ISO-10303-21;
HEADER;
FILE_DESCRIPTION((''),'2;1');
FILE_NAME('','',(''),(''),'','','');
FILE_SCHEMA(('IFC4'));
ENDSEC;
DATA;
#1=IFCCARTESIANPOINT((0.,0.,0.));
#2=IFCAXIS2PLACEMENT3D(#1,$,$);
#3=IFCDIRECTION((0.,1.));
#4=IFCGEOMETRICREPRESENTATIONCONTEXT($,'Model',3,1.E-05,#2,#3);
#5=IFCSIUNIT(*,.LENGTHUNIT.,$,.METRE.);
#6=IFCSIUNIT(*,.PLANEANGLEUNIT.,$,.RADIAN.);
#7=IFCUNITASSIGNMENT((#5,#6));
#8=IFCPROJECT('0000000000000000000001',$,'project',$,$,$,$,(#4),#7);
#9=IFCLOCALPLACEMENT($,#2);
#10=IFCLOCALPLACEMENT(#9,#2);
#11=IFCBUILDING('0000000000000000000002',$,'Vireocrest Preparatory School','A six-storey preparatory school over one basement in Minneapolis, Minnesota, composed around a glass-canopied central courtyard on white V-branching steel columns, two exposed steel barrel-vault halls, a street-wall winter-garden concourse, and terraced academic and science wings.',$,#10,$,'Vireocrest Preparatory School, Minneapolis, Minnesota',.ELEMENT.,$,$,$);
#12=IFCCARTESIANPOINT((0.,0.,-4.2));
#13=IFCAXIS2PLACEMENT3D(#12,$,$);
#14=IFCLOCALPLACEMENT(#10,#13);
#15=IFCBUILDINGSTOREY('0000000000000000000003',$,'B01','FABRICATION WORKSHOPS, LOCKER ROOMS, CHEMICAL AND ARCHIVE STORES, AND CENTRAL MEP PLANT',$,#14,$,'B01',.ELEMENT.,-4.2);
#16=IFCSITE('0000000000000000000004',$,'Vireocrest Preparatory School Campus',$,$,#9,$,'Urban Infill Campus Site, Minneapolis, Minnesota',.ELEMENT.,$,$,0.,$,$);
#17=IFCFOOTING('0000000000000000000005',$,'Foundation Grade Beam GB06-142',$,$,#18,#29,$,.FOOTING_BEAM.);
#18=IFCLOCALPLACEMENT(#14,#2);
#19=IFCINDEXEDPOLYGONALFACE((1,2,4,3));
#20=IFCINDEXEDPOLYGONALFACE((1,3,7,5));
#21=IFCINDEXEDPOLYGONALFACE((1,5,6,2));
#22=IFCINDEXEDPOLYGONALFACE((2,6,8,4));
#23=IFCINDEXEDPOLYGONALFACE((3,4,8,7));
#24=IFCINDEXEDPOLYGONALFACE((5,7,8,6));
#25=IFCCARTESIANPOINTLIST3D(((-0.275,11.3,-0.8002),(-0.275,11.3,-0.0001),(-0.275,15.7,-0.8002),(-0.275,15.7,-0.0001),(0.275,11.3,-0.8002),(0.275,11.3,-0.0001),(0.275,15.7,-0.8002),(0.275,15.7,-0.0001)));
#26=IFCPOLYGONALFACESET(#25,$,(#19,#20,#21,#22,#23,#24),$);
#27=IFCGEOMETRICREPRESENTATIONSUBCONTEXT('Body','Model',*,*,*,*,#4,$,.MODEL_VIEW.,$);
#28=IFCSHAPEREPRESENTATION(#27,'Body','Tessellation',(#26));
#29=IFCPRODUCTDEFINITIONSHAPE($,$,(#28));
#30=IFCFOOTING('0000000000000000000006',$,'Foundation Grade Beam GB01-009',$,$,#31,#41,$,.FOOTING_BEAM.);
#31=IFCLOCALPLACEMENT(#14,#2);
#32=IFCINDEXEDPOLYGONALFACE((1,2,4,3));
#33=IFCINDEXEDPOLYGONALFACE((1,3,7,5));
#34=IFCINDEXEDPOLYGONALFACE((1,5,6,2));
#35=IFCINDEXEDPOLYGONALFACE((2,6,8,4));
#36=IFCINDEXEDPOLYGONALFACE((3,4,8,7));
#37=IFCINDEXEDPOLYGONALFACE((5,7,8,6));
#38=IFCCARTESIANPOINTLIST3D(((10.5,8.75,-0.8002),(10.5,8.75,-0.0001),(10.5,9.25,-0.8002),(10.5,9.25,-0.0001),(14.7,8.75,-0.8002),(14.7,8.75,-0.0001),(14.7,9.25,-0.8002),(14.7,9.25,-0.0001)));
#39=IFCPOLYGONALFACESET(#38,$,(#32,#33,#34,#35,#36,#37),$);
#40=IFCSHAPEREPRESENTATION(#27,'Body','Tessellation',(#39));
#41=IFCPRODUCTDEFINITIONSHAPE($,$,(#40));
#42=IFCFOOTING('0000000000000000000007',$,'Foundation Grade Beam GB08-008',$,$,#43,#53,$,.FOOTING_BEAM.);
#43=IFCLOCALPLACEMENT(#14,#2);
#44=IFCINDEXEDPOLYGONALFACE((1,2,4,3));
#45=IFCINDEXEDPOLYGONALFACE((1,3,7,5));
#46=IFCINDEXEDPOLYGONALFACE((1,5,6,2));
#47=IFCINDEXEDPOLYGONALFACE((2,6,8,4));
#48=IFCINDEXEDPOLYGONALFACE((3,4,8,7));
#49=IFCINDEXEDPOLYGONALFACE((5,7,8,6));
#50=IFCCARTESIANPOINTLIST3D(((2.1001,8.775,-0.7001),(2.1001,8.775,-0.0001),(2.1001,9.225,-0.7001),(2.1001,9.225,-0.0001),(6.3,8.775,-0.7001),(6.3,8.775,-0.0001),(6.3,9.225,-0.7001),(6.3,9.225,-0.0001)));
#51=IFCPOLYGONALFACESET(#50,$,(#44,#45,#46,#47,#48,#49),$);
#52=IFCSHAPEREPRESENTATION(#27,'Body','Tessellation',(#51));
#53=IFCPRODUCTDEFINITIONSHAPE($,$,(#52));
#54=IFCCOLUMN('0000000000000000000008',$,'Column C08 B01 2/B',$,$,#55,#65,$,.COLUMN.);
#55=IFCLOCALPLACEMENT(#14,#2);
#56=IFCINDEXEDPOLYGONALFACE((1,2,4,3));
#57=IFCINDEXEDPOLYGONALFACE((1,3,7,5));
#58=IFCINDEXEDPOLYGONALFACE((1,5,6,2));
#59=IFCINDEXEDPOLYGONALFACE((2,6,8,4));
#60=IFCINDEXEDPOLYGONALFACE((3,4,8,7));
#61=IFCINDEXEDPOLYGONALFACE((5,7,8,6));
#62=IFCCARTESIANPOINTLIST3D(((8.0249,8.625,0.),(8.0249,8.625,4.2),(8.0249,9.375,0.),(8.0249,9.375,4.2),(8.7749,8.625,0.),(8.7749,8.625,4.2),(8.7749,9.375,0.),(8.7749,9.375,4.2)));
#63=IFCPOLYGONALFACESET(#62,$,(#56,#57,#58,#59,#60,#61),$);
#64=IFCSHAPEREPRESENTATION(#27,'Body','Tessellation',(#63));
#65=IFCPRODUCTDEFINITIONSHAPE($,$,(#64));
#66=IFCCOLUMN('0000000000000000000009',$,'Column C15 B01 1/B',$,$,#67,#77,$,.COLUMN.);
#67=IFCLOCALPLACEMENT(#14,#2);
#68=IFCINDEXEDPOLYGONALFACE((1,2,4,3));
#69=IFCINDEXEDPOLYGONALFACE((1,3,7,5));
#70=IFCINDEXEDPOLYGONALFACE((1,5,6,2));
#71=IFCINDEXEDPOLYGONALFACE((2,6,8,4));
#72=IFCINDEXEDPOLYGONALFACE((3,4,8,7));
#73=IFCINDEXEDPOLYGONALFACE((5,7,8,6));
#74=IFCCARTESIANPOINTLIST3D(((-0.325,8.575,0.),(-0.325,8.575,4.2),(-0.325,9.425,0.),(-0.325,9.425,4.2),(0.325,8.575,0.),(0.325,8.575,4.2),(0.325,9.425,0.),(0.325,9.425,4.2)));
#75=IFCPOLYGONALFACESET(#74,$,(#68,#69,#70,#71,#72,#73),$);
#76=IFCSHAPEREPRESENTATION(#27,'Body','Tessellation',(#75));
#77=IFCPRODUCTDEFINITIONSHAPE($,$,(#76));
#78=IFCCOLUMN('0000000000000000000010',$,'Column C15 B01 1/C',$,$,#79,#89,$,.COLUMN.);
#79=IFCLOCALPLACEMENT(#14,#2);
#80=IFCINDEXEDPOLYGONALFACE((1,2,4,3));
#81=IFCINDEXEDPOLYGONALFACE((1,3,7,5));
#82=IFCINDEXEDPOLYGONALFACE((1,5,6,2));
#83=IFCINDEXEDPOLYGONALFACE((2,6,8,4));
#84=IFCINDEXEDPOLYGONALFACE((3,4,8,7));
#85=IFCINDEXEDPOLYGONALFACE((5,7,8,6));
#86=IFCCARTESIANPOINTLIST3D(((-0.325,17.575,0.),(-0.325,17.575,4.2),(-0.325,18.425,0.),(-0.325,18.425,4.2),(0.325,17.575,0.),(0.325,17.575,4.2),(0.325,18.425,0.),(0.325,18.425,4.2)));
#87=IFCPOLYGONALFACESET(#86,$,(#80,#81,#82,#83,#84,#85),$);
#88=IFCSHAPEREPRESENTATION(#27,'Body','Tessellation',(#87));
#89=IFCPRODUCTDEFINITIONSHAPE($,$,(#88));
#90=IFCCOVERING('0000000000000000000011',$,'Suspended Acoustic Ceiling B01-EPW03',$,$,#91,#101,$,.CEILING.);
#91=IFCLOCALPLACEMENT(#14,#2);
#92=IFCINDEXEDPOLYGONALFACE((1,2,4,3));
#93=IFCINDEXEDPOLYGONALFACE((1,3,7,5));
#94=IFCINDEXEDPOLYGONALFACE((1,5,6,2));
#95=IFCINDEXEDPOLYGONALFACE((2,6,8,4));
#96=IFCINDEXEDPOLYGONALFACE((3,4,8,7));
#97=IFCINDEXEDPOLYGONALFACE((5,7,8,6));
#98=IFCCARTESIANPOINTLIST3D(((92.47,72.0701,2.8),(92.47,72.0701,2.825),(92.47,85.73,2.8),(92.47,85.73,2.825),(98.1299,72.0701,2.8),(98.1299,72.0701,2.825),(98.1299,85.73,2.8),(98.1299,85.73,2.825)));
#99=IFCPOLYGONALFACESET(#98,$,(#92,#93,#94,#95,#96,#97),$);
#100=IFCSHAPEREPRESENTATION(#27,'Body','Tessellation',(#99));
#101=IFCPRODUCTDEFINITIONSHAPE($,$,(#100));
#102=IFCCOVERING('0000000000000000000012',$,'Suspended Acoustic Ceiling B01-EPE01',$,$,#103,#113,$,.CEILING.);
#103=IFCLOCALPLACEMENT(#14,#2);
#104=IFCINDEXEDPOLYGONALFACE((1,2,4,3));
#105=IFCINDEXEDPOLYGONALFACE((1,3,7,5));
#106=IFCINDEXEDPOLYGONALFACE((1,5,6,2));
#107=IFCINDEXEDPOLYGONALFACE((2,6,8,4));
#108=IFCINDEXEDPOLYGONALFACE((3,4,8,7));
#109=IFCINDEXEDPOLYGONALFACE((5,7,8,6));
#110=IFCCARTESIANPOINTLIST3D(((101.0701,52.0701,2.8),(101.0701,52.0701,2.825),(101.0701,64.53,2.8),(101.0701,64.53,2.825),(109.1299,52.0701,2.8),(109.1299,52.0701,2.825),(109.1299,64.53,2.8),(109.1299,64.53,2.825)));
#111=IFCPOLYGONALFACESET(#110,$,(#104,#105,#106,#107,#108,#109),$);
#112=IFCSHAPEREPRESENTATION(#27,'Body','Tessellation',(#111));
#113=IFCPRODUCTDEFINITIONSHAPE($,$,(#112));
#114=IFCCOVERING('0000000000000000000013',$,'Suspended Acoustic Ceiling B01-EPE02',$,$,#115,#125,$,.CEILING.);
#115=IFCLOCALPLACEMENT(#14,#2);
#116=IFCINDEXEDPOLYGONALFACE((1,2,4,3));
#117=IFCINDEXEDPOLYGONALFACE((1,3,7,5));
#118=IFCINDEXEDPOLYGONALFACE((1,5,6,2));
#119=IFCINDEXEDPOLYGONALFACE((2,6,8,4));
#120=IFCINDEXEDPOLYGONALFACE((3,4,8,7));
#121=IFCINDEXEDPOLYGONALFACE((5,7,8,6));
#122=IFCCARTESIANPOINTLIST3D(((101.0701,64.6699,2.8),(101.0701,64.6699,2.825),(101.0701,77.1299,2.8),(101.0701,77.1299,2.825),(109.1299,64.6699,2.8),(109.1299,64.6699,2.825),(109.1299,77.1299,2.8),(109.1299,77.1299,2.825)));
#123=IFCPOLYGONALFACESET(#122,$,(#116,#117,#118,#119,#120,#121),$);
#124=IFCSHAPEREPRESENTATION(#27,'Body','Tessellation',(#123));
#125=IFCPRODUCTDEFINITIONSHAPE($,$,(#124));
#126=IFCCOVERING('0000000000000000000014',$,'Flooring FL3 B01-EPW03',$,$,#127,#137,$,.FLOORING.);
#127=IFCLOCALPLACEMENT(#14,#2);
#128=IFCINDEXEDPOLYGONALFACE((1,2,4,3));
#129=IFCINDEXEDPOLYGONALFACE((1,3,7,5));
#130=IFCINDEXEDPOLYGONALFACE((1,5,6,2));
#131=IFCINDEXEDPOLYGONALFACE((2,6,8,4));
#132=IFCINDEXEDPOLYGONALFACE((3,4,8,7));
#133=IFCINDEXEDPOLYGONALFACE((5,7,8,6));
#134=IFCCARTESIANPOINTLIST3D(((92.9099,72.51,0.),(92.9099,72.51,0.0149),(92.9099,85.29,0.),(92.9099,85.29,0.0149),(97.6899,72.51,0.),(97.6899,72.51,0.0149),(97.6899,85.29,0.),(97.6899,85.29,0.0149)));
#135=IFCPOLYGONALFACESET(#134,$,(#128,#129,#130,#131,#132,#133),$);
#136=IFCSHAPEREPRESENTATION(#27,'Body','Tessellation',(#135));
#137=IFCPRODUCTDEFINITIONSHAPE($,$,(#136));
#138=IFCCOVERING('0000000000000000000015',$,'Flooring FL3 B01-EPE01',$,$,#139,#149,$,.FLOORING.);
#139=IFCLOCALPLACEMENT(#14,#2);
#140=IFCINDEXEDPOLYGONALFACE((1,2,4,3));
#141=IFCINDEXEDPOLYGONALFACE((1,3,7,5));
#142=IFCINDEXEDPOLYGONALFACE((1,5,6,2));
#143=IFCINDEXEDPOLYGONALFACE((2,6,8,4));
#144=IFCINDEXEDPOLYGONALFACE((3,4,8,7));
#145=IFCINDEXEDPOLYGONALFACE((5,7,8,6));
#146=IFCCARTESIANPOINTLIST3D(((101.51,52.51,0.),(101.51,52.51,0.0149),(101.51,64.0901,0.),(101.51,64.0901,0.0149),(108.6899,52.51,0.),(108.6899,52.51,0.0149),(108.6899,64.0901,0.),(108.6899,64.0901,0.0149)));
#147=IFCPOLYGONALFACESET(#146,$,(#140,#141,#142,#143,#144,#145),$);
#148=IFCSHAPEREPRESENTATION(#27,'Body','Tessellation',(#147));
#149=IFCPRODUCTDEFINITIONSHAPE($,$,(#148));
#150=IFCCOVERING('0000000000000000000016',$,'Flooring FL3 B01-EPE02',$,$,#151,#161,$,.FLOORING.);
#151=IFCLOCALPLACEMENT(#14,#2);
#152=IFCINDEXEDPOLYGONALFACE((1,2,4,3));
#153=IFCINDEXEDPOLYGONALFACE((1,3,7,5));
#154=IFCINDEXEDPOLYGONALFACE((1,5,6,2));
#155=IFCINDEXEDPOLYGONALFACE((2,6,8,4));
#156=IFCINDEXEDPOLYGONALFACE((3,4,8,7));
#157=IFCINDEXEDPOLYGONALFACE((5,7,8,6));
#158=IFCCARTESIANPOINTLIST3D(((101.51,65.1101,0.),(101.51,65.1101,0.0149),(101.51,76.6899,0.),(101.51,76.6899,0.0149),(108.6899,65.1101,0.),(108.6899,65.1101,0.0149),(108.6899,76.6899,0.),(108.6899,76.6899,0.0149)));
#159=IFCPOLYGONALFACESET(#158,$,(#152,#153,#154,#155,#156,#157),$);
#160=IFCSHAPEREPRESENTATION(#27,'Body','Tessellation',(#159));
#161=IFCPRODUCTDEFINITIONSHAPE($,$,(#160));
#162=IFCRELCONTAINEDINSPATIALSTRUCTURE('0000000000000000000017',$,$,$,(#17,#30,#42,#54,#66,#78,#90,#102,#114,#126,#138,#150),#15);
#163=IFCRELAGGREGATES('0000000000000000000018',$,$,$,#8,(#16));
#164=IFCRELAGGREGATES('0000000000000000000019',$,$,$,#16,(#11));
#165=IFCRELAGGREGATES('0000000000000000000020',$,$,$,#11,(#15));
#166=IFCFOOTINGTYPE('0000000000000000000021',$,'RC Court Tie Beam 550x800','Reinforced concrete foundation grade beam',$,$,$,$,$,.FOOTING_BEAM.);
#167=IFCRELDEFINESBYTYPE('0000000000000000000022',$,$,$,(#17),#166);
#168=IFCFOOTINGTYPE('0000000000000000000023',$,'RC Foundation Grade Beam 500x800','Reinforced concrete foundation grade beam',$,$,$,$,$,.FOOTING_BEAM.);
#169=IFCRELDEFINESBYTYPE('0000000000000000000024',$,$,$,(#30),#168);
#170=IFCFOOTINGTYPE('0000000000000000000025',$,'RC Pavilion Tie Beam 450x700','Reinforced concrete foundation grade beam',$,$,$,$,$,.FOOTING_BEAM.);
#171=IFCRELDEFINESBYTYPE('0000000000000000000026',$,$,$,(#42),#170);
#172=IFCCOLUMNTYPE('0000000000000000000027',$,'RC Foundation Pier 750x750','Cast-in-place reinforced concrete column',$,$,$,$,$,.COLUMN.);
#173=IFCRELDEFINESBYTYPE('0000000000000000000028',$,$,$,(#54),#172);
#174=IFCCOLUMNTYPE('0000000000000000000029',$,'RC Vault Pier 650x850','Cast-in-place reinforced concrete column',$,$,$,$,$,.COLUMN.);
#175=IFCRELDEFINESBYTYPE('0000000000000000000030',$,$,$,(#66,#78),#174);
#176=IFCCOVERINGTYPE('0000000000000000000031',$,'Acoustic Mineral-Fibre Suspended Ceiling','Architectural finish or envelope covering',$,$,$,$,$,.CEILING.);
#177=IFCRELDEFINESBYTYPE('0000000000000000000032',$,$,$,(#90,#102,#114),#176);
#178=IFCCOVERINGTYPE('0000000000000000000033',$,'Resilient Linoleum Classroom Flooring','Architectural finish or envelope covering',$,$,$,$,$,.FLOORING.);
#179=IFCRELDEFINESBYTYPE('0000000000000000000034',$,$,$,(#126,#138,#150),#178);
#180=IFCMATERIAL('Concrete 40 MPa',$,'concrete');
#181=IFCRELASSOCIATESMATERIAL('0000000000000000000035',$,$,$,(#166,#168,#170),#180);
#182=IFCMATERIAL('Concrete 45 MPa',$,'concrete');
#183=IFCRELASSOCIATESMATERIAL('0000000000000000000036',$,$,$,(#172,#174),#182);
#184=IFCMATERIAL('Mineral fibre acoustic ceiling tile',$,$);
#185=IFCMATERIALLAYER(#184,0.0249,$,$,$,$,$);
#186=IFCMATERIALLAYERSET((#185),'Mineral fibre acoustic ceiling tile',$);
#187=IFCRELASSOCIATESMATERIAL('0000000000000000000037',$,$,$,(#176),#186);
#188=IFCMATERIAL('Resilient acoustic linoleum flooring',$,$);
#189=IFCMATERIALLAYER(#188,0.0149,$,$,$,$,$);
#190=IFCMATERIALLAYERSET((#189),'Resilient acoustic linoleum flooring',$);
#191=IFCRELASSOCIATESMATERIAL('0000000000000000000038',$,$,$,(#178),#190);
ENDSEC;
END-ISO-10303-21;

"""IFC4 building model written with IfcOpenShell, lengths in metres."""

from ifc_helpers import new_model, si_unit, direction, frame, origin, origin_2d, place, context, subcontext, project, spatial, polyline, rectangle, outline, extrude, material, layer, layer_set, material_profile, profile_set, type_object, element, save


model = new_model("IFC4")

# Units and contexts
model_context = context("Model", 3, precision=1e-05, world=origin(), true_north=direction((0.0, 1.0)))
body_context = subcontext(model_context, "Body", "Model", "MODEL_VIEW")
ifc_project = project(units=[si_unit("LENGTHUNIT", "METRE"), si_unit("PLANEANGLEUNIT", "RADIAN")], contexts=[model_context])

# Site, building, storey
site_placement = place(None, origin())
site = spatial("IfcSite", under=ifc_project, at=site_placement, Name="Vireocrest Preparatory School Campus", LongName="Urban Infill Campus Site, Minneapolis, Minnesota", CompositionType="ELEMENT", RefElevation=0.0)
building_placement = place(site_placement, origin())
building = spatial("IfcBuilding", under=site, at=building_placement, Name="Vireocrest Preparatory School", Description="A six-storey preparatory school over one basement in Minneapolis, Minnesota, composed around a glass-canopied central courtyard on white V-branching steel columns, two exposed steel barrel-vault halls, a street-wall winter-garden concourse, and terraced academic and science wings.", LongName="Vireocrest Preparatory School, Minneapolis, Minnesota", CompositionType="ELEMENT")
storey_placement = place(building_placement, frame((0.0, 0.0, -4.2)))
storey = spatial("IfcBuildingStorey", under=building, at=storey_placement, Name="B01", Description="FABRICATION WORKSHOPS, LOCKER ROOMS, CHEMICAL AND ARCHIVE STORES, AND CENTRAL MEP PLANT", LongName="B01", CompositionType="ELEMENT", Elevation=-4.2)

# Shared definitions
ifc_material_1 = material(Name="Concrete 40 MPa", Category="concrete")

# Footings
ifc_material_profile_1 = material_profile(ifc_material_1, rectangle(XDim=0.55, YDim=0.8, at=origin_2d()), Name="GB 550x800")
ifc_profile_set_1 = profile_set([ifc_material_profile_1], Name="Concrete 40 MPa")
footing_type_1 = type_object("IfcFootingType", Name="RC Court Tie Beam 550x800", Description="Reinforced concrete foundation grade beam", PredefinedType="FOOTING_BEAM", material=ifc_profile_set_1)
footing_1_placement = place(storey_placement, frame((0.0, 11.3, -0.4001), z_axis=(0.0, 1.0, 0.0), x_axis=(-1.0, 0.0, 0.0)))
element("IfcFooting", 1, at=footing_1_placement, inside=storey, type_object=footing_type_1, Name="Foundation Grade Beam GB06-142", PredefinedType="FOOTING_BEAM", context=body_context, shape_type="SweptSolid", body=[
    extrude(rectangle(XDim=0.55, YDim=0.8, at=origin_2d()), origin(), (0.0, 0.0, 1.0), 4.3999),
])
ifc_material_profile_2 = material_profile(ifc_material_1, rectangle(XDim=0.5, YDim=0.8, at=origin_2d()), Name="GB 500x800")
ifc_profile_set_2 = profile_set([ifc_material_profile_2], Name="Concrete 40 MPa")
footing_type_2 = type_object("IfcFootingType", Name="RC Foundation Grade Beam 500x800", Description="Reinforced concrete foundation grade beam", PredefinedType="FOOTING_BEAM", material=ifc_profile_set_2)
footing_2_placement = place(storey_placement, frame((10.5, 9.0, -0.4001), z_axis=(1.0, 0.0, 0.0), x_axis=(0.0, 1.0, 0.0)))
element("IfcFooting", 2, at=footing_2_placement, inside=storey, type_object=footing_type_2, Name="Foundation Grade Beam GB01-009", PredefinedType="FOOTING_BEAM", context=body_context, shape_type="SweptSolid", body=[
    extrude(rectangle(XDim=0.5, YDim=0.8, at=origin_2d()), origin(), (0.0, 0.0, 1.0), 4.2),
])
ifc_material_profile_3 = material_profile(ifc_material_1, rectangle(XDim=0.45, YDim=0.7, at=origin_2d()), Name="GB 450x700")
ifc_profile_set_3 = profile_set([ifc_material_profile_3], Name="Concrete 40 MPa")
footing_type_3 = type_object("IfcFootingType", Name="RC Pavilion Tie Beam 450x700", Description="Reinforced concrete foundation grade beam", PredefinedType="FOOTING_BEAM", material=ifc_profile_set_3)
footing_3_placement = place(storey_placement, frame((2.1001, 9.0, -0.3501), z_axis=(1.0, 0.0, 0.0), x_axis=(0.0, 1.0, 0.0)))
element("IfcFooting", 3, at=footing_3_placement, inside=storey, type_object=footing_type_3, Name="Foundation Grade Beam GB08-008", PredefinedType="FOOTING_BEAM", context=body_context, shape_type="SweptSolid", body=[
    extrude(rectangle(XDim=0.45, YDim=0.7, at=origin_2d()), origin(), (0.0, 0.0, 1.0), 4.2),
])

# Columns
ifc_material_2 = material(Name="Concrete 45 MPa", Category="concrete")
ifc_material_profile_4 = material_profile(ifc_material_2, rectangle(XDim=0.75, YDim=0.75, at=origin_2d()), Name="RC 750x750")
ifc_profile_set_4 = profile_set([ifc_material_profile_4], Name="Concrete 45 MPa")
column_type_1 = type_object("IfcColumnType", Name="RC Foundation Pier 750x750", Description="Cast-in-place reinforced concrete column", PredefinedType="COLUMN", material=ifc_profile_set_4)
column_placement = place(storey_placement, frame((8.3999, 9.0, 0.0), z_axis=(0.0, 0.0, 1.0), x_axis=(1.0, 0.0, 0.0)))
element("IfcColumn", 4, at=column_placement, inside=storey, type_object=column_type_1, Name="Column C08 B01 2/B", PredefinedType="COLUMN", context=body_context, shape_type="SweptSolid", body=[
    extrude(rectangle(XDim=0.75, YDim=0.75, at=origin_2d()), origin(), (0.0, 0.0, 1.0), 4.2),
])
ifc_material_profile_5 = material_profile(ifc_material_2, rectangle(XDim=0.6499, YDim=0.8501, at=origin_2d()), Name="RC 650x850")
ifc_profile_set_5 = profile_set([ifc_material_profile_5], Name="Concrete 45 MPa")
column_type_2 = type_object("IfcColumnType", Name="RC Vault Pier 650x850", Description="Cast-in-place reinforced concrete column", PredefinedType="COLUMN", material=ifc_profile_set_5)
for number, where, z_axis, x_axis, name in (
    (5, (0.0, 9.0, 0.0), (0.0, 0.0, 1.0), (1.0, 0.0, 0.0), "Column C15 B01 1/B"),
    (6, (0.0, 18.0, 0.0), (0.0, 0.0, 1.0), (1.0, 0.0, 0.0), "Column C15 B01 1/C"),
):
    element("IfcColumn", number, at=place(storey_placement, frame(where, z_axis=z_axis, x_axis=x_axis)), inside=storey, type_object=column_type_2, Name=name, PredefinedType="COLUMN", context=body_context, shape_type="SweptSolid", body=[
        extrude(rectangle(XDim=0.6499, YDim=0.8501, at=origin_2d()), origin(), (0.0, 0.0, 1.0), 4.2),
    ])

# Coverings
ifc_material_3 = material(Name="Mineral fibre acoustic ceiling tile")
ifc_layer_1 = layer(ifc_material_3, 0.0249)
ifc_layer_set_1 = layer_set([ifc_layer_1], Name="Mineral fibre acoustic ceiling tile")
covering_type_1 = type_object("IfcCoveringType", Name="Acoustic Mineral-Fibre Suspended Ceiling", Description="Architectural finish or envelope covering", PredefinedType="CEILING", material=ifc_layer_set_1)
covering_1_placement = place(storey_placement, frame((0.0, 0.0, 2.8)))
element("IfcCovering", 7, at=covering_1_placement, inside=storey, type_object=covering_type_1, Name="Suspended Acoustic Ceiling B01-EPW03", PredefinedType="CEILING", context=body_context, shape_type="SweptSolid", body=[
    extrude(outline(polyline([(92.47, 72.0701), (98.1299, 72.0701), (98.1299, 85.73), (92.47, 85.73), (92.47, 72.0701)])), origin(), (0.0, 0.0, 1.0), 0.0249),
])
covering_2_placement = place(storey_placement, frame((0.0, 0.0, 2.8)))
element("IfcCovering", 8, at=covering_2_placement, inside=storey, type_object=covering_type_1, Name="Suspended Acoustic Ceiling B01-EPE01", PredefinedType="CEILING", context=body_context, shape_type="SweptSolid", body=[
    extrude(outline(polyline([(101.0701, 52.0701), (109.1299, 52.0701), (109.1299, 64.53), (101.0701, 64.53), (101.0701, 52.0701)])), origin(), (0.0, 0.0, 1.0), 0.0249),
])
covering_3_placement = place(storey_placement, frame((0.0, 0.0, 2.8)))
element("IfcCovering", 9, at=covering_3_placement, inside=storey, type_object=covering_type_1, Name="Suspended Acoustic Ceiling B01-EPE02", PredefinedType="CEILING", context=body_context, shape_type="SweptSolid", body=[
    extrude(outline(polyline([(101.0701, 64.6699), (109.1299, 64.6699), (109.1299, 77.1299), (101.0701, 77.1299), (101.0701, 64.6699)])), origin(), (0.0, 0.0, 1.0), 0.0249),
])
ifc_material_4 = material(Name="Resilient acoustic linoleum flooring")
ifc_layer_2 = layer(ifc_material_4, 0.0149)
ifc_layer_set_2 = layer_set([ifc_layer_2], Name="Resilient acoustic linoleum flooring")
covering_type_2 = type_object("IfcCoveringType", Name="Resilient Linoleum Classroom Flooring", Description="Architectural finish or envelope covering", PredefinedType="FLOORING", material=ifc_layer_set_2)
covering_4_placement = place(storey_placement, origin())
element("IfcCovering", 10, at=covering_4_placement, inside=storey, type_object=covering_type_2, Name="Flooring FL3 B01-EPW03", PredefinedType="FLOORING", context=body_context, shape_type="SweptSolid", body=[
    extrude(outline(polyline([(92.9099, 72.51), (97.6899, 72.51), (97.6899, 85.29), (92.9099, 85.29), (92.9099, 72.51)])), origin(), (0.0, 0.0, 1.0), 0.0149),
])
covering_5_placement = place(storey_placement, origin())
element("IfcCovering", 11, at=covering_5_placement, inside=storey, type_object=covering_type_2, Name="Flooring FL3 B01-EPE01", PredefinedType="FLOORING", context=body_context, shape_type="SweptSolid", body=[
    extrude(outline(polyline([(101.51, 52.51), (108.6899, 52.51), (108.6899, 64.0901), (101.51, 64.0901), (101.51, 52.51)])), origin(), (0.0, 0.0, 1.0), 0.0149),
])
covering_6_placement = place(storey_placement, origin())
element("IfcCovering", 12, at=covering_6_placement, inside=storey, type_object=covering_type_2, Name="Flooring FL3 B01-EPE02", PredefinedType="FLOORING", context=body_context, shape_type="SweptSolid", body=[
    extrude(outline(polyline([(101.51, 65.1101), (108.6899, 65.1101), (108.6899, 76.6899), (101.51, 76.6899), (101.51, 65.1101)])), origin(), (0.0, 0.0, 1.0), 0.0149),
])

save(model, "model.ifc")
